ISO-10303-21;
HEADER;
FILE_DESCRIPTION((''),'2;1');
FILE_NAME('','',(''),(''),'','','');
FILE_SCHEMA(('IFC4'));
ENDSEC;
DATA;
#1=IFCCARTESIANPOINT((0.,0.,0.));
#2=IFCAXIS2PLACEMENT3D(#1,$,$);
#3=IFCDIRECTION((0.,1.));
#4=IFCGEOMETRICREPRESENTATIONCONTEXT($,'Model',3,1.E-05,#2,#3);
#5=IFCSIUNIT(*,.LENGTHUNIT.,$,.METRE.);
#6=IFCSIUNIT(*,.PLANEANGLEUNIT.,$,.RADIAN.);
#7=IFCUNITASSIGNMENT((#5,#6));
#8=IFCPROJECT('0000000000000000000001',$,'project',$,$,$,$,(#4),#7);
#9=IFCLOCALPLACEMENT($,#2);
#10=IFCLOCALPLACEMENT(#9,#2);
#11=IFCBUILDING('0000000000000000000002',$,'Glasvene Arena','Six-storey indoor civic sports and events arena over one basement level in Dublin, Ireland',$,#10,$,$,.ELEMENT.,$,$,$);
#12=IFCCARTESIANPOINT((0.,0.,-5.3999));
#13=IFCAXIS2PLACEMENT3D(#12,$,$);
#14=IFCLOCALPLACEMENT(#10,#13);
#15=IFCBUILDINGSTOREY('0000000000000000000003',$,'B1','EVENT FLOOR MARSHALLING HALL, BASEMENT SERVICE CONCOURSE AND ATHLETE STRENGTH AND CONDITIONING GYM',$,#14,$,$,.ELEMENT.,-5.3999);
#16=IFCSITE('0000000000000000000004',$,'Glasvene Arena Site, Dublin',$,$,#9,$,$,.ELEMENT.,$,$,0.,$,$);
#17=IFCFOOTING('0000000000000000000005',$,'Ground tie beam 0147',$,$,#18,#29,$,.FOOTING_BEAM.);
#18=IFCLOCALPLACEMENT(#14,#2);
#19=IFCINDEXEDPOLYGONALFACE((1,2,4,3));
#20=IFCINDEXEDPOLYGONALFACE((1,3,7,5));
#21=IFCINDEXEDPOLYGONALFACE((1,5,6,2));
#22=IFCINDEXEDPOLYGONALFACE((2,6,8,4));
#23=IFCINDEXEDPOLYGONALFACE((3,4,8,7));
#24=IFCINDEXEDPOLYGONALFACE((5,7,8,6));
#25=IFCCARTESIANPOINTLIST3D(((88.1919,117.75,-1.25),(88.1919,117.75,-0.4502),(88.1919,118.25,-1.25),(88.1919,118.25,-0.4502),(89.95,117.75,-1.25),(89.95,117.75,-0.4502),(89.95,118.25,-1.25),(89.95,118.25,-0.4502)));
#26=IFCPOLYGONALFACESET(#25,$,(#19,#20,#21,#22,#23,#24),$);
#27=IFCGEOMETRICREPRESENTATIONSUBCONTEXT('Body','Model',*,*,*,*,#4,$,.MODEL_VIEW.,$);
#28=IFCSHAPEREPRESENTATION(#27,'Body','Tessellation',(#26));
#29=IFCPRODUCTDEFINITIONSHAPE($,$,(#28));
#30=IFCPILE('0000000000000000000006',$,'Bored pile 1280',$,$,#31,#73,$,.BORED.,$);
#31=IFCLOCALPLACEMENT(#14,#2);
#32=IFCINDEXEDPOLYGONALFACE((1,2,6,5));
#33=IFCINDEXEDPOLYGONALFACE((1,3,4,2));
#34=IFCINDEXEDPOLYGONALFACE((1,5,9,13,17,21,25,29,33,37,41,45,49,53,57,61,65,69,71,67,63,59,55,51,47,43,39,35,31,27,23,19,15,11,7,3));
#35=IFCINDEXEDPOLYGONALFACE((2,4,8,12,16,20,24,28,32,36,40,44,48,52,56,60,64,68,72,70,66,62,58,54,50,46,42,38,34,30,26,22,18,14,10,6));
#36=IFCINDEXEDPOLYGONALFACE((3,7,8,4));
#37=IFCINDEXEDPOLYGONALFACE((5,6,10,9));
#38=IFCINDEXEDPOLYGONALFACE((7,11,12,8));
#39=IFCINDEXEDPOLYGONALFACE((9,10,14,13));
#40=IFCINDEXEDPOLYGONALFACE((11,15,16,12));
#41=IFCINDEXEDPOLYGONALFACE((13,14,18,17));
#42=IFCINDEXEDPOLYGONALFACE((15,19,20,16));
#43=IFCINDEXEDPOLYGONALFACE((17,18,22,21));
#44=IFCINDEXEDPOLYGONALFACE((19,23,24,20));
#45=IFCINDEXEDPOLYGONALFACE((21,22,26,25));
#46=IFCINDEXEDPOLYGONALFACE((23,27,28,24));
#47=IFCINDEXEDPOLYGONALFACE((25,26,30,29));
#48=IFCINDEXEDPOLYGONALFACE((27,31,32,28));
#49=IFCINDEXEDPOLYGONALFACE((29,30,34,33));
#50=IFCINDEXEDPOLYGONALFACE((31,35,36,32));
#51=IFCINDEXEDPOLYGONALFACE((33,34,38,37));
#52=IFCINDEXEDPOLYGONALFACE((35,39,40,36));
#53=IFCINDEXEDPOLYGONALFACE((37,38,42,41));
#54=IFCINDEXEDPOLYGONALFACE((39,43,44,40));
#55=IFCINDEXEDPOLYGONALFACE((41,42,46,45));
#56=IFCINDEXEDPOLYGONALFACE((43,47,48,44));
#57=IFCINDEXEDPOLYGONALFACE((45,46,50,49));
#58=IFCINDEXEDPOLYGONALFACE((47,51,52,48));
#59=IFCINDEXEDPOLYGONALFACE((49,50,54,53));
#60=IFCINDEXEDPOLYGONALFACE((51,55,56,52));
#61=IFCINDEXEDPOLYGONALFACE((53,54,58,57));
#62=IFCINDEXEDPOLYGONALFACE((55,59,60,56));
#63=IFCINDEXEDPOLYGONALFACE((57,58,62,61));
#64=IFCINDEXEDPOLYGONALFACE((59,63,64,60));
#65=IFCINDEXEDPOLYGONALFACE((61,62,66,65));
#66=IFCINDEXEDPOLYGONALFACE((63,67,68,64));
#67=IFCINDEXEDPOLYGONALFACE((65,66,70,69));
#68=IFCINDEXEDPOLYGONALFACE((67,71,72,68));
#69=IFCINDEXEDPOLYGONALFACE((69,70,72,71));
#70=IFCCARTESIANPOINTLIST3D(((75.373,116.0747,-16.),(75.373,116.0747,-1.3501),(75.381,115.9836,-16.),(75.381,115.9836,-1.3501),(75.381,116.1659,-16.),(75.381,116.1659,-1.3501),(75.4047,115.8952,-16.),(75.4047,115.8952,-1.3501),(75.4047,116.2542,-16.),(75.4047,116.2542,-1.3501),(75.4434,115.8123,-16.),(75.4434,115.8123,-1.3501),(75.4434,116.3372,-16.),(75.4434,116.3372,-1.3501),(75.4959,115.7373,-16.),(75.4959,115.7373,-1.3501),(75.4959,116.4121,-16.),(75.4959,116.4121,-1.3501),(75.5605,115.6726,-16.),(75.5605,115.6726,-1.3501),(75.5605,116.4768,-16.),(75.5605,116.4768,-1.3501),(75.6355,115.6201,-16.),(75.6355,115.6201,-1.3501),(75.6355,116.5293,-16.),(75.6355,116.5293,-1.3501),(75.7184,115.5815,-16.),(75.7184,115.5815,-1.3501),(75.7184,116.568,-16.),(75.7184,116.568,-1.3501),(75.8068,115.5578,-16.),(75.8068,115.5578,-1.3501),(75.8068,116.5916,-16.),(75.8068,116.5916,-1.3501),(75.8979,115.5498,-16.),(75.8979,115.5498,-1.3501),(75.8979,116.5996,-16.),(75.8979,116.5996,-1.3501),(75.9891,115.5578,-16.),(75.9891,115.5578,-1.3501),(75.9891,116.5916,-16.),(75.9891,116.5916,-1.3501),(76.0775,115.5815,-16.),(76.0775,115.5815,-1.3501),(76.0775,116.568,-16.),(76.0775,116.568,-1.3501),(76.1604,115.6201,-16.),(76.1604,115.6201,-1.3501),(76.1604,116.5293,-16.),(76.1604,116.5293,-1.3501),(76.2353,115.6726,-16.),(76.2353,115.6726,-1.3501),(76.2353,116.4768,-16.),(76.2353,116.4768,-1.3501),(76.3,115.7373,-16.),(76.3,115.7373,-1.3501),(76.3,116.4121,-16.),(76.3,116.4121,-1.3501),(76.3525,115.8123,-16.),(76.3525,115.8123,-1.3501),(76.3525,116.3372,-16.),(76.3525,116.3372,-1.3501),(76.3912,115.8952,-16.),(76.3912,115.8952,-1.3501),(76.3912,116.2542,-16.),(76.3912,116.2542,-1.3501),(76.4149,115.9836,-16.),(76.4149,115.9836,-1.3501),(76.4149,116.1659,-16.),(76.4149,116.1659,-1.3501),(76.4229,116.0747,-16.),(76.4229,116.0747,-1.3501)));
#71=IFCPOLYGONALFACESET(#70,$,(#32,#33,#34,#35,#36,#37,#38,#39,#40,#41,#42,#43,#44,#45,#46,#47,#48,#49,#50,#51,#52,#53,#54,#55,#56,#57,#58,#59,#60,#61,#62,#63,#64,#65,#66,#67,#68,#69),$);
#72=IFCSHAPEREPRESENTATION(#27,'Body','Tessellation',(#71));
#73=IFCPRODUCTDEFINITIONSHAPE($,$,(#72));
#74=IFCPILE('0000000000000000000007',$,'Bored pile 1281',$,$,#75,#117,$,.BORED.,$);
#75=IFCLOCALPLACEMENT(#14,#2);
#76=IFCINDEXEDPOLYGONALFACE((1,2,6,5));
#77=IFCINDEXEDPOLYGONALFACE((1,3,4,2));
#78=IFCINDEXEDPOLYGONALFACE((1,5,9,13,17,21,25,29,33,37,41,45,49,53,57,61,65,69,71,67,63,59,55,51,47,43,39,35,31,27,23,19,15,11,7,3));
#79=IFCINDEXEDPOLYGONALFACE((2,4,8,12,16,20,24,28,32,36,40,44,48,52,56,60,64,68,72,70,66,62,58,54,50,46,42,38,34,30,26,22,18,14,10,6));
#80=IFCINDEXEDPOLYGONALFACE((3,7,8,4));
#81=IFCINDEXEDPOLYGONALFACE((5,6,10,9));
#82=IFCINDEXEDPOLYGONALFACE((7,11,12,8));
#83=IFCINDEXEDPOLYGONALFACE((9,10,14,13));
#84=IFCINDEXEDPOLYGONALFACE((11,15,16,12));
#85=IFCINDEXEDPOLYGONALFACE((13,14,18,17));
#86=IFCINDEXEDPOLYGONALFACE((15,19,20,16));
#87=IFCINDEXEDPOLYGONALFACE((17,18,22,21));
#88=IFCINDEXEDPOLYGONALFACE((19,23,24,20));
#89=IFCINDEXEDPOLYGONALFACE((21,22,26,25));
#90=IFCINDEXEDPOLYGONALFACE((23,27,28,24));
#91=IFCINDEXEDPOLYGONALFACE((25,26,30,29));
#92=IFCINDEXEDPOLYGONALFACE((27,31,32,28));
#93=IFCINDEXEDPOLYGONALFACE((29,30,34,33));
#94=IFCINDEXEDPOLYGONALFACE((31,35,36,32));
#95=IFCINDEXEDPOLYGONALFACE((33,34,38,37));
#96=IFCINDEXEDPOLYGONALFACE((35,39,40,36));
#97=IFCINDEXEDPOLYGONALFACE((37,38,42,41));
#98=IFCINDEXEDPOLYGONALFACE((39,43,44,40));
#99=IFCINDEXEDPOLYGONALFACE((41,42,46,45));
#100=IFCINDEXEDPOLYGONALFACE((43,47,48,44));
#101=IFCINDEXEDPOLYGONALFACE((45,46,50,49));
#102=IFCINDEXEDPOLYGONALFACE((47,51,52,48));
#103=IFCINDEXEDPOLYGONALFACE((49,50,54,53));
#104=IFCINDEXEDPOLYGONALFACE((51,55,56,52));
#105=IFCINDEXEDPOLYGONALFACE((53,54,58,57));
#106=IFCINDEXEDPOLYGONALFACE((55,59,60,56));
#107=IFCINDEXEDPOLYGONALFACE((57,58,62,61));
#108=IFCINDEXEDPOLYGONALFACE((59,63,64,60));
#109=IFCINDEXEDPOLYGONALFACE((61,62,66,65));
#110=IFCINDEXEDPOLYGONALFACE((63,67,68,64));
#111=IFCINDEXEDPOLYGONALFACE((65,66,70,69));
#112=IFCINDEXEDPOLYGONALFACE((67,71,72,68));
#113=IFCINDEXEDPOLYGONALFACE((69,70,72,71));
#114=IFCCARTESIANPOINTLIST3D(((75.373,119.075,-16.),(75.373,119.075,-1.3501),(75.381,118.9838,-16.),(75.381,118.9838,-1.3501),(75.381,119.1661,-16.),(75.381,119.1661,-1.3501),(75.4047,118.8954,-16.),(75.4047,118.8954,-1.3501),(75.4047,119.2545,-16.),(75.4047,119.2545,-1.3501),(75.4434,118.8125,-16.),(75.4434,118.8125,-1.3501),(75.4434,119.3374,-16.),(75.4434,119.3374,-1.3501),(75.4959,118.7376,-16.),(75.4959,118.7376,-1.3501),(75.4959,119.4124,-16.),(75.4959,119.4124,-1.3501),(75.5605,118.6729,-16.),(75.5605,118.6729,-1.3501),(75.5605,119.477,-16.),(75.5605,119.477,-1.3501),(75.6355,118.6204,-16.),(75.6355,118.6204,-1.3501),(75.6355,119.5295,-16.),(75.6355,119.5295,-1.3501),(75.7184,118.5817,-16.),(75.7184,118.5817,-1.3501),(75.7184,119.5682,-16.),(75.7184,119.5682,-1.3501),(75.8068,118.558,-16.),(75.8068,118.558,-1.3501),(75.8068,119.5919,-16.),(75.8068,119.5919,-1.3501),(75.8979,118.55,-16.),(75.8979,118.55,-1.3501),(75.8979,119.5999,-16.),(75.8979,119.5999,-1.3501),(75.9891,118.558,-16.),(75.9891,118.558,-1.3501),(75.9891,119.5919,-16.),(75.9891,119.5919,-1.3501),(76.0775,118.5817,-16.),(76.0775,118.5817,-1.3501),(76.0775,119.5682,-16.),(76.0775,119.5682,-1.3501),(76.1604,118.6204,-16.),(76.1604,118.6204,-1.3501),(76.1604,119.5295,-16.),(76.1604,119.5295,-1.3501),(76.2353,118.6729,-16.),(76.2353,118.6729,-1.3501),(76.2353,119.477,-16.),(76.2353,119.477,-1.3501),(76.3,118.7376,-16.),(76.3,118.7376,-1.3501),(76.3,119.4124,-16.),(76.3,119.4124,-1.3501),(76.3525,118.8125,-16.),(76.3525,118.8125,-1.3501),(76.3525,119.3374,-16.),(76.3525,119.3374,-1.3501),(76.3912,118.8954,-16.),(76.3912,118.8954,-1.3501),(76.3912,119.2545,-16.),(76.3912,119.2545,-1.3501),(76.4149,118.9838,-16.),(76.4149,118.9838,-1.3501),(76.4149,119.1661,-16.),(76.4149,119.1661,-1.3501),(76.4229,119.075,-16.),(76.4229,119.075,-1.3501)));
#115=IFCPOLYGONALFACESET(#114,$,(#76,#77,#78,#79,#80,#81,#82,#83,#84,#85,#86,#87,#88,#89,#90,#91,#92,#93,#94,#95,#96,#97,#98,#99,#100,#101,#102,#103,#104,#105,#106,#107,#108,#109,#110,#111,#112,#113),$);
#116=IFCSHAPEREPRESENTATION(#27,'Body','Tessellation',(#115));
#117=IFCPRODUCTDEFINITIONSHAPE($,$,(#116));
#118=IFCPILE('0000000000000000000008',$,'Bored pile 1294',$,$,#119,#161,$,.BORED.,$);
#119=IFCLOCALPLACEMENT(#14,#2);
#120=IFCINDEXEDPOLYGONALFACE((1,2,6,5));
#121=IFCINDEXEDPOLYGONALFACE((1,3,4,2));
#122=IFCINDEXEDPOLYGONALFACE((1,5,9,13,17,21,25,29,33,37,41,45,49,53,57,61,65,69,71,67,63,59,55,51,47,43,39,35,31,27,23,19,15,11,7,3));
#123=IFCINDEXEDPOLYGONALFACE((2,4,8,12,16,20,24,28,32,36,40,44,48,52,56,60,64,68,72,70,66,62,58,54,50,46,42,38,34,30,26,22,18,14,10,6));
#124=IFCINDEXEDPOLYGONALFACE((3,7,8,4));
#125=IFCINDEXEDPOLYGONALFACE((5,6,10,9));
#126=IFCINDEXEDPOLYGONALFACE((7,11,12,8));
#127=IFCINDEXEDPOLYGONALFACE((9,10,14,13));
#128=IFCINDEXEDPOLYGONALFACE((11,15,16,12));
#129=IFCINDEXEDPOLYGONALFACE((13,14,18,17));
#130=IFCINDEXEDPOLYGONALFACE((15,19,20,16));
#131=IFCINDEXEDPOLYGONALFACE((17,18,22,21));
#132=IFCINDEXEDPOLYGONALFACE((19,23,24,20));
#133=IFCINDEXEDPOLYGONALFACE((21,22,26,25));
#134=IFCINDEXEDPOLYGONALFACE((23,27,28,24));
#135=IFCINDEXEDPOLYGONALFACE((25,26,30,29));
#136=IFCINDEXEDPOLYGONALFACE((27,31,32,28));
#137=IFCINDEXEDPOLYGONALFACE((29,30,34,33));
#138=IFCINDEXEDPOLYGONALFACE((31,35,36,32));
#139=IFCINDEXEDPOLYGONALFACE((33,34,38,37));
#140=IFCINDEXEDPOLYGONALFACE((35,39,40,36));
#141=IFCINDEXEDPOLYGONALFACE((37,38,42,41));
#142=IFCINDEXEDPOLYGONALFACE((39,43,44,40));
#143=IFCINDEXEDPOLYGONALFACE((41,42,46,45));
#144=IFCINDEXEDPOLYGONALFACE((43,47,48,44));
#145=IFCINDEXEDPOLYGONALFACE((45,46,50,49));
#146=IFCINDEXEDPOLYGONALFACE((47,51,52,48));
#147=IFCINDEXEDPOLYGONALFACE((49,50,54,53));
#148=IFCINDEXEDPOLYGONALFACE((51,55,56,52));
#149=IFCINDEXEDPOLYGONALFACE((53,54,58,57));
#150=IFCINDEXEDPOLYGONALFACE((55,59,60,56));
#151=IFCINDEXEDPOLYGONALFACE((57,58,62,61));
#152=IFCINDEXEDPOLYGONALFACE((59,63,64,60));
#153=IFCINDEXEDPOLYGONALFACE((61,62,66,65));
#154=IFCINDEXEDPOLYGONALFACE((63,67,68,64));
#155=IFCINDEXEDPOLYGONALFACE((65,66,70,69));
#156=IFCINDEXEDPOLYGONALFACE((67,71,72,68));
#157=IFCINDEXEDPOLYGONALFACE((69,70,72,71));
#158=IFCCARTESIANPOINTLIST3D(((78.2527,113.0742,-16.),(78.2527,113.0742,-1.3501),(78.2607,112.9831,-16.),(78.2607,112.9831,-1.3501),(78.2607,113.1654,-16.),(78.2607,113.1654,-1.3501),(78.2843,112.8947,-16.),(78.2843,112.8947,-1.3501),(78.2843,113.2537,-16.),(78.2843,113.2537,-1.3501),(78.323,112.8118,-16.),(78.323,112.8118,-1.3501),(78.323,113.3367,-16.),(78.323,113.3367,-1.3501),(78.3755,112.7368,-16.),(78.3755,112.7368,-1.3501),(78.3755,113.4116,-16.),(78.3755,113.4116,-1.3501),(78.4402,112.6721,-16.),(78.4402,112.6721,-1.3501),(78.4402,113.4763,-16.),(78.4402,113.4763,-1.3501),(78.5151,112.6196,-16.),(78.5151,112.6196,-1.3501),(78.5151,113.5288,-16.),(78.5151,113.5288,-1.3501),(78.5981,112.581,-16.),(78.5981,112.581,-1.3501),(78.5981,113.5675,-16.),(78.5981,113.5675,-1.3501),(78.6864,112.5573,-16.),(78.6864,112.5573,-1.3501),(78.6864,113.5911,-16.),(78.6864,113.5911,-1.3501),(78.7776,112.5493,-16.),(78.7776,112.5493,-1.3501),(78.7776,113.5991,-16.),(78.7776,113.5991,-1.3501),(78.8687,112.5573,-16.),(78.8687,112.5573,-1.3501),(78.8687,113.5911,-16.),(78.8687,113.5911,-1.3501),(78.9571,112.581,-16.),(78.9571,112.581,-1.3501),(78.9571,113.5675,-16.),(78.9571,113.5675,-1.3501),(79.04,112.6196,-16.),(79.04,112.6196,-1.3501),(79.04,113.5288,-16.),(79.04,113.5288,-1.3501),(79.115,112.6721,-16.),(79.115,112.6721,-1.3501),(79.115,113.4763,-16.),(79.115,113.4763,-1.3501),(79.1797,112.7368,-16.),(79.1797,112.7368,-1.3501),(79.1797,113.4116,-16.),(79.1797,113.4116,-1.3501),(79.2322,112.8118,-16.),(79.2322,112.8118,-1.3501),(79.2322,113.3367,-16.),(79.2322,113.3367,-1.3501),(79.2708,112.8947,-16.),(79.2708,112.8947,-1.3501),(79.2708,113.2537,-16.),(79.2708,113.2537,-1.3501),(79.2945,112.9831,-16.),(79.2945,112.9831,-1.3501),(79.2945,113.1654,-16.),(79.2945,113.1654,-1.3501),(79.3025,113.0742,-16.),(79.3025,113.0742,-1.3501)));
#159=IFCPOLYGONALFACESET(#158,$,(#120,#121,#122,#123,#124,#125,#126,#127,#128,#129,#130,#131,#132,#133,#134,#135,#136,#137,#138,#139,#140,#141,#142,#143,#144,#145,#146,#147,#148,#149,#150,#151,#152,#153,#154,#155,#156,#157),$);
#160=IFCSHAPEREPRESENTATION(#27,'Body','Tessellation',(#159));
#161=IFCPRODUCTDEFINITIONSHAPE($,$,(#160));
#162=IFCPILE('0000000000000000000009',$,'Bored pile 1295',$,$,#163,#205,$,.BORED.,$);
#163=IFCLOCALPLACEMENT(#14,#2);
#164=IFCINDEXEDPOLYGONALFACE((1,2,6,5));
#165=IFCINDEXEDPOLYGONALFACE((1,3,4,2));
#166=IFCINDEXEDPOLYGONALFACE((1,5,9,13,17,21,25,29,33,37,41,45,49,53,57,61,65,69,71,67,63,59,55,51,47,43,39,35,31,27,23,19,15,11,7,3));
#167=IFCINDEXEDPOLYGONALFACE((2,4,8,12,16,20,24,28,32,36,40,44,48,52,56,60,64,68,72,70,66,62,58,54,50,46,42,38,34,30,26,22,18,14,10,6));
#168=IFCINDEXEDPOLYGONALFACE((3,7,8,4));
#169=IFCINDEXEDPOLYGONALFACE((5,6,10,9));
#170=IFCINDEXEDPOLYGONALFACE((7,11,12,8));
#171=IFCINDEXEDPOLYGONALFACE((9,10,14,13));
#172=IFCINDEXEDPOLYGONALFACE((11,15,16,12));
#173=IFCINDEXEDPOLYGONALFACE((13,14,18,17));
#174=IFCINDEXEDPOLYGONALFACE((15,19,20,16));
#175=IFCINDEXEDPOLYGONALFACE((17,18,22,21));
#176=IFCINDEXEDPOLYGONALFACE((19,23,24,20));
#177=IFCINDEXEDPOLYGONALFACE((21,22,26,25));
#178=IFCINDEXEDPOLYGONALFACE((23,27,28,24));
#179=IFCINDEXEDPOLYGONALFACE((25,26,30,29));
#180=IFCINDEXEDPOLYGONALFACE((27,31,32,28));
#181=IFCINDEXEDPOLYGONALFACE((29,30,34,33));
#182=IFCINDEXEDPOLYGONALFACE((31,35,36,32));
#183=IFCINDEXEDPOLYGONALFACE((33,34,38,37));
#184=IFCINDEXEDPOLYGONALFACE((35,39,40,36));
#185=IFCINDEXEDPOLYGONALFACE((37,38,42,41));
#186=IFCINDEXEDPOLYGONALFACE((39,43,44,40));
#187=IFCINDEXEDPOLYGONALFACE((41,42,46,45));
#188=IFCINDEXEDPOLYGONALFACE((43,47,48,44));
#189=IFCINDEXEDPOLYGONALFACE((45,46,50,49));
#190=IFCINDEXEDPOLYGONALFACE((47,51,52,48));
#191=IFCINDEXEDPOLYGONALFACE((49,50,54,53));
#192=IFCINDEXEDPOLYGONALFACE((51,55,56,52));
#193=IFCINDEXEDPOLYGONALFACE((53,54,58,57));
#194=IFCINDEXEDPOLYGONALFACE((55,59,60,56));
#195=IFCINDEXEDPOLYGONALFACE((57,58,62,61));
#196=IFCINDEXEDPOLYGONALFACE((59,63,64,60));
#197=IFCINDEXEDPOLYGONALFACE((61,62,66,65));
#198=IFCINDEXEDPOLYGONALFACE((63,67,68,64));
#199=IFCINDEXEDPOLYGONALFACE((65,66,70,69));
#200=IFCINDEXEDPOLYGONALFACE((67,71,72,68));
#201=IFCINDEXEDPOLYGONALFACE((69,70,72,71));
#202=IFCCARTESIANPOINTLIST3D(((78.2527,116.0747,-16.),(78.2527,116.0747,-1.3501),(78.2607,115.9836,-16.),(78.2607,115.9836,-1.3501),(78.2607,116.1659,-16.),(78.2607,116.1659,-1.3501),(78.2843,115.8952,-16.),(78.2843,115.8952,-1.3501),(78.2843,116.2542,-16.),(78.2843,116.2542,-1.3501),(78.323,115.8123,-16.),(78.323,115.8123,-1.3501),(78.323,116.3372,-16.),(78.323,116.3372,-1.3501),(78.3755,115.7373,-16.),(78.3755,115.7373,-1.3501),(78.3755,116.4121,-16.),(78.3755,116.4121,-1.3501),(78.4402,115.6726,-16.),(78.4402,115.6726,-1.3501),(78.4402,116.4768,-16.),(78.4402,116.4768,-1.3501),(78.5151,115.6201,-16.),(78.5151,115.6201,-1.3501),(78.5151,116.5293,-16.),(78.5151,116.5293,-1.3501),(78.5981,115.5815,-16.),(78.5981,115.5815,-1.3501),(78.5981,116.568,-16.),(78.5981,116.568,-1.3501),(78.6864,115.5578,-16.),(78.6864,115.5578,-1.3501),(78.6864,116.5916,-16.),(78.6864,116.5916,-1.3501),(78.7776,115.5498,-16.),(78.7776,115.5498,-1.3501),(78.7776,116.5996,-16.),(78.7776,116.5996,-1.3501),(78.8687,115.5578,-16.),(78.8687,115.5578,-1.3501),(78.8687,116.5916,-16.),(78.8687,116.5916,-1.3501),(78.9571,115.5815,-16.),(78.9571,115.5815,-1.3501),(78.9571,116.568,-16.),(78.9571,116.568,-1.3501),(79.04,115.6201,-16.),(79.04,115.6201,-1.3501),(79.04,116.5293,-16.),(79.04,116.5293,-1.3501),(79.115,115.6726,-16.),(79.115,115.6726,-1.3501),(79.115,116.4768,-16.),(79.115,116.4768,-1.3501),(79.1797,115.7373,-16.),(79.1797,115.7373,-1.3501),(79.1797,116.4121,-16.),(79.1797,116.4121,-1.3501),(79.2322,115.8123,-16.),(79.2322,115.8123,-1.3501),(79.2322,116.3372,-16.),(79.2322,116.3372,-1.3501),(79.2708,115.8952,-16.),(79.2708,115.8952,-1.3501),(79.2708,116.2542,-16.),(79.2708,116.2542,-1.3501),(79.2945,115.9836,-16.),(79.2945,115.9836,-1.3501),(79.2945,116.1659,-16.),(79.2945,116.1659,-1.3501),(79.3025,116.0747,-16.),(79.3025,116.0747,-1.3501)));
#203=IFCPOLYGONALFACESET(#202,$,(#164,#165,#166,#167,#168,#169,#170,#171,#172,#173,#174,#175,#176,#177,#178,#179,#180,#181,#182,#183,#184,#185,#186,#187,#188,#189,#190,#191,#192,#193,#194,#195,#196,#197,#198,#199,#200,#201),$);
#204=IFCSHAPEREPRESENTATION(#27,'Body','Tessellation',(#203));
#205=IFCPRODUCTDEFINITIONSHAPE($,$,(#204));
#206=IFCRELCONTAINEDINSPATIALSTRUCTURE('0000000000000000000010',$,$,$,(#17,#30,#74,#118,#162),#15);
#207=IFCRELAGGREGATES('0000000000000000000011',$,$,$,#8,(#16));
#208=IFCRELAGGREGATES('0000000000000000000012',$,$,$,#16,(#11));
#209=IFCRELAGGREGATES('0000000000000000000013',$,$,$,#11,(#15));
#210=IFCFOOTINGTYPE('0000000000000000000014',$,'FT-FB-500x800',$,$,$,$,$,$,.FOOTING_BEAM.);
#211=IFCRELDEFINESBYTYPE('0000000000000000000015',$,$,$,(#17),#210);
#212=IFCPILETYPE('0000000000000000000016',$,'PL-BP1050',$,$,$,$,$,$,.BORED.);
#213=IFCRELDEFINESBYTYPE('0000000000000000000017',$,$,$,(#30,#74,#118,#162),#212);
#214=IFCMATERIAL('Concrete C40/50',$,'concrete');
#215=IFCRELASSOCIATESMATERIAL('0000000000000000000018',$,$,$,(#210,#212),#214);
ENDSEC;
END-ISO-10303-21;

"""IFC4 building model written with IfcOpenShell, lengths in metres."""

from ifc_helpers import new_model, si_unit, direction, frame, origin, origin_2d, place, context, subcontext, project, spatial, polyline, circle, outline, extrude, material, material_profile, profile_set, type_object, element, save


model = new_model("IFC4")

# Units and contexts
model_context = context("Model", 3, precision=1e-05, world=origin(), true_north=direction((0.0, 1.0)))
body_context = subcontext(model_context, "Body", "Model", "MODEL_VIEW")
ifc_project = project(units=[si_unit("LENGTHUNIT", "METRE"), si_unit("PLANEANGLEUNIT", "RADIAN")], contexts=[model_context])

# Site, building, storey
site_placement = place(None, origin())
site = spatial("IfcSite", under=ifc_project, at=site_placement, Name="Glasvene Arena Site, Dublin", CompositionType="ELEMENT", RefElevation=0.0)
building_placement = place(site_placement, origin())
building = spatial("IfcBuilding", under=site, at=building_placement, Name="Glasvene Arena", Description="Six-storey indoor civic sports and events arena over one basement level in Dublin, Ireland", CompositionType="ELEMENT")
storey_placement = place(building_placement, frame((0.0, 0.0, -5.3999)))
storey = spatial("IfcBuildingStorey", under=building, at=storey_placement, Name="B1", Description="EVENT FLOOR MARSHALLING HALL, BASEMENT SERVICE CONCOURSE AND ATHLETE STRENGTH AND CONDITIONING GYM", CompositionType="ELEMENT", Elevation=-5.3999)

# Footing
ifc_material_1 = material(Name="Concrete C40/50", Category="concrete")
footing_type = type_object("IfcFootingType", Name="FT-FB-500x800", PredefinedType="FOOTING_BEAM", material=ifc_material_1)
footing_placement = place(storey_placement, frame((89.071, 118.0, -1.25)))
element("IfcFooting", 1, at=footing_placement, inside=storey, type_object=footing_type, Name="Ground tie beam 0147", PredefinedType="FOOTING_BEAM", context=body_context, shape_type="SweptSolid", body=[
    extrude(outline(polyline([(-0.8792, -0.25), (0.8789, -0.25), (0.8789, 0.25), (-0.8792, 0.25), (-0.8792, -0.25)])), origin(), (0.0, 0.0, 1.0), 0.7998),
])

# Piles
ifc_material_profile_1 = material_profile(ifc_material_1, circle(Radius=0.5249, at=origin_2d()), Name="BORED PILE 1050")
ifc_profile_set_1 = profile_set([ifc_material_profile_1], Name="Concrete C40/50")
pile_type_1 = type_object("IfcPileType", Name="PL-BP1050", PredefinedType="BORED", material=ifc_profile_set_1)
for number, where, z_axis, x_axis, name in (
    (2, (75.8979, 116.0747, -1.3501), (0.0, 0.0, -1.0), (1.0, 0.0, 0.0), "Bored pile 1280"),
    (3, (75.8979, 119.075, -1.3501), (0.0, 0.0, -1.0), (1.0, 0.0, 0.0), "Bored pile 1281"),
    (4, (78.7776, 113.0742, -1.3501), (0.0, 0.0, -1.0), (1.0, 0.0, 0.0), "Bored pile 1294"),
    (5, (78.7776, 116.0747, -1.3501), (0.0, 0.0, -1.0), (1.0, 0.0, 0.0), "Bored pile 1295"),
):
    element("IfcPile", number, at=place(storey_placement, frame(where, z_axis=z_axis, x_axis=x_axis)), inside=storey, type_object=pile_type_1, Name=name, PredefinedType="BORED", context=body_context, shape_type="SweptSolid", body=[
        extrude(circle(Radius=0.5249, at=origin_2d()), origin(), (0.0, 0.0, 1.0), 14.6499),
    ])

save(model, "model.ifc")
